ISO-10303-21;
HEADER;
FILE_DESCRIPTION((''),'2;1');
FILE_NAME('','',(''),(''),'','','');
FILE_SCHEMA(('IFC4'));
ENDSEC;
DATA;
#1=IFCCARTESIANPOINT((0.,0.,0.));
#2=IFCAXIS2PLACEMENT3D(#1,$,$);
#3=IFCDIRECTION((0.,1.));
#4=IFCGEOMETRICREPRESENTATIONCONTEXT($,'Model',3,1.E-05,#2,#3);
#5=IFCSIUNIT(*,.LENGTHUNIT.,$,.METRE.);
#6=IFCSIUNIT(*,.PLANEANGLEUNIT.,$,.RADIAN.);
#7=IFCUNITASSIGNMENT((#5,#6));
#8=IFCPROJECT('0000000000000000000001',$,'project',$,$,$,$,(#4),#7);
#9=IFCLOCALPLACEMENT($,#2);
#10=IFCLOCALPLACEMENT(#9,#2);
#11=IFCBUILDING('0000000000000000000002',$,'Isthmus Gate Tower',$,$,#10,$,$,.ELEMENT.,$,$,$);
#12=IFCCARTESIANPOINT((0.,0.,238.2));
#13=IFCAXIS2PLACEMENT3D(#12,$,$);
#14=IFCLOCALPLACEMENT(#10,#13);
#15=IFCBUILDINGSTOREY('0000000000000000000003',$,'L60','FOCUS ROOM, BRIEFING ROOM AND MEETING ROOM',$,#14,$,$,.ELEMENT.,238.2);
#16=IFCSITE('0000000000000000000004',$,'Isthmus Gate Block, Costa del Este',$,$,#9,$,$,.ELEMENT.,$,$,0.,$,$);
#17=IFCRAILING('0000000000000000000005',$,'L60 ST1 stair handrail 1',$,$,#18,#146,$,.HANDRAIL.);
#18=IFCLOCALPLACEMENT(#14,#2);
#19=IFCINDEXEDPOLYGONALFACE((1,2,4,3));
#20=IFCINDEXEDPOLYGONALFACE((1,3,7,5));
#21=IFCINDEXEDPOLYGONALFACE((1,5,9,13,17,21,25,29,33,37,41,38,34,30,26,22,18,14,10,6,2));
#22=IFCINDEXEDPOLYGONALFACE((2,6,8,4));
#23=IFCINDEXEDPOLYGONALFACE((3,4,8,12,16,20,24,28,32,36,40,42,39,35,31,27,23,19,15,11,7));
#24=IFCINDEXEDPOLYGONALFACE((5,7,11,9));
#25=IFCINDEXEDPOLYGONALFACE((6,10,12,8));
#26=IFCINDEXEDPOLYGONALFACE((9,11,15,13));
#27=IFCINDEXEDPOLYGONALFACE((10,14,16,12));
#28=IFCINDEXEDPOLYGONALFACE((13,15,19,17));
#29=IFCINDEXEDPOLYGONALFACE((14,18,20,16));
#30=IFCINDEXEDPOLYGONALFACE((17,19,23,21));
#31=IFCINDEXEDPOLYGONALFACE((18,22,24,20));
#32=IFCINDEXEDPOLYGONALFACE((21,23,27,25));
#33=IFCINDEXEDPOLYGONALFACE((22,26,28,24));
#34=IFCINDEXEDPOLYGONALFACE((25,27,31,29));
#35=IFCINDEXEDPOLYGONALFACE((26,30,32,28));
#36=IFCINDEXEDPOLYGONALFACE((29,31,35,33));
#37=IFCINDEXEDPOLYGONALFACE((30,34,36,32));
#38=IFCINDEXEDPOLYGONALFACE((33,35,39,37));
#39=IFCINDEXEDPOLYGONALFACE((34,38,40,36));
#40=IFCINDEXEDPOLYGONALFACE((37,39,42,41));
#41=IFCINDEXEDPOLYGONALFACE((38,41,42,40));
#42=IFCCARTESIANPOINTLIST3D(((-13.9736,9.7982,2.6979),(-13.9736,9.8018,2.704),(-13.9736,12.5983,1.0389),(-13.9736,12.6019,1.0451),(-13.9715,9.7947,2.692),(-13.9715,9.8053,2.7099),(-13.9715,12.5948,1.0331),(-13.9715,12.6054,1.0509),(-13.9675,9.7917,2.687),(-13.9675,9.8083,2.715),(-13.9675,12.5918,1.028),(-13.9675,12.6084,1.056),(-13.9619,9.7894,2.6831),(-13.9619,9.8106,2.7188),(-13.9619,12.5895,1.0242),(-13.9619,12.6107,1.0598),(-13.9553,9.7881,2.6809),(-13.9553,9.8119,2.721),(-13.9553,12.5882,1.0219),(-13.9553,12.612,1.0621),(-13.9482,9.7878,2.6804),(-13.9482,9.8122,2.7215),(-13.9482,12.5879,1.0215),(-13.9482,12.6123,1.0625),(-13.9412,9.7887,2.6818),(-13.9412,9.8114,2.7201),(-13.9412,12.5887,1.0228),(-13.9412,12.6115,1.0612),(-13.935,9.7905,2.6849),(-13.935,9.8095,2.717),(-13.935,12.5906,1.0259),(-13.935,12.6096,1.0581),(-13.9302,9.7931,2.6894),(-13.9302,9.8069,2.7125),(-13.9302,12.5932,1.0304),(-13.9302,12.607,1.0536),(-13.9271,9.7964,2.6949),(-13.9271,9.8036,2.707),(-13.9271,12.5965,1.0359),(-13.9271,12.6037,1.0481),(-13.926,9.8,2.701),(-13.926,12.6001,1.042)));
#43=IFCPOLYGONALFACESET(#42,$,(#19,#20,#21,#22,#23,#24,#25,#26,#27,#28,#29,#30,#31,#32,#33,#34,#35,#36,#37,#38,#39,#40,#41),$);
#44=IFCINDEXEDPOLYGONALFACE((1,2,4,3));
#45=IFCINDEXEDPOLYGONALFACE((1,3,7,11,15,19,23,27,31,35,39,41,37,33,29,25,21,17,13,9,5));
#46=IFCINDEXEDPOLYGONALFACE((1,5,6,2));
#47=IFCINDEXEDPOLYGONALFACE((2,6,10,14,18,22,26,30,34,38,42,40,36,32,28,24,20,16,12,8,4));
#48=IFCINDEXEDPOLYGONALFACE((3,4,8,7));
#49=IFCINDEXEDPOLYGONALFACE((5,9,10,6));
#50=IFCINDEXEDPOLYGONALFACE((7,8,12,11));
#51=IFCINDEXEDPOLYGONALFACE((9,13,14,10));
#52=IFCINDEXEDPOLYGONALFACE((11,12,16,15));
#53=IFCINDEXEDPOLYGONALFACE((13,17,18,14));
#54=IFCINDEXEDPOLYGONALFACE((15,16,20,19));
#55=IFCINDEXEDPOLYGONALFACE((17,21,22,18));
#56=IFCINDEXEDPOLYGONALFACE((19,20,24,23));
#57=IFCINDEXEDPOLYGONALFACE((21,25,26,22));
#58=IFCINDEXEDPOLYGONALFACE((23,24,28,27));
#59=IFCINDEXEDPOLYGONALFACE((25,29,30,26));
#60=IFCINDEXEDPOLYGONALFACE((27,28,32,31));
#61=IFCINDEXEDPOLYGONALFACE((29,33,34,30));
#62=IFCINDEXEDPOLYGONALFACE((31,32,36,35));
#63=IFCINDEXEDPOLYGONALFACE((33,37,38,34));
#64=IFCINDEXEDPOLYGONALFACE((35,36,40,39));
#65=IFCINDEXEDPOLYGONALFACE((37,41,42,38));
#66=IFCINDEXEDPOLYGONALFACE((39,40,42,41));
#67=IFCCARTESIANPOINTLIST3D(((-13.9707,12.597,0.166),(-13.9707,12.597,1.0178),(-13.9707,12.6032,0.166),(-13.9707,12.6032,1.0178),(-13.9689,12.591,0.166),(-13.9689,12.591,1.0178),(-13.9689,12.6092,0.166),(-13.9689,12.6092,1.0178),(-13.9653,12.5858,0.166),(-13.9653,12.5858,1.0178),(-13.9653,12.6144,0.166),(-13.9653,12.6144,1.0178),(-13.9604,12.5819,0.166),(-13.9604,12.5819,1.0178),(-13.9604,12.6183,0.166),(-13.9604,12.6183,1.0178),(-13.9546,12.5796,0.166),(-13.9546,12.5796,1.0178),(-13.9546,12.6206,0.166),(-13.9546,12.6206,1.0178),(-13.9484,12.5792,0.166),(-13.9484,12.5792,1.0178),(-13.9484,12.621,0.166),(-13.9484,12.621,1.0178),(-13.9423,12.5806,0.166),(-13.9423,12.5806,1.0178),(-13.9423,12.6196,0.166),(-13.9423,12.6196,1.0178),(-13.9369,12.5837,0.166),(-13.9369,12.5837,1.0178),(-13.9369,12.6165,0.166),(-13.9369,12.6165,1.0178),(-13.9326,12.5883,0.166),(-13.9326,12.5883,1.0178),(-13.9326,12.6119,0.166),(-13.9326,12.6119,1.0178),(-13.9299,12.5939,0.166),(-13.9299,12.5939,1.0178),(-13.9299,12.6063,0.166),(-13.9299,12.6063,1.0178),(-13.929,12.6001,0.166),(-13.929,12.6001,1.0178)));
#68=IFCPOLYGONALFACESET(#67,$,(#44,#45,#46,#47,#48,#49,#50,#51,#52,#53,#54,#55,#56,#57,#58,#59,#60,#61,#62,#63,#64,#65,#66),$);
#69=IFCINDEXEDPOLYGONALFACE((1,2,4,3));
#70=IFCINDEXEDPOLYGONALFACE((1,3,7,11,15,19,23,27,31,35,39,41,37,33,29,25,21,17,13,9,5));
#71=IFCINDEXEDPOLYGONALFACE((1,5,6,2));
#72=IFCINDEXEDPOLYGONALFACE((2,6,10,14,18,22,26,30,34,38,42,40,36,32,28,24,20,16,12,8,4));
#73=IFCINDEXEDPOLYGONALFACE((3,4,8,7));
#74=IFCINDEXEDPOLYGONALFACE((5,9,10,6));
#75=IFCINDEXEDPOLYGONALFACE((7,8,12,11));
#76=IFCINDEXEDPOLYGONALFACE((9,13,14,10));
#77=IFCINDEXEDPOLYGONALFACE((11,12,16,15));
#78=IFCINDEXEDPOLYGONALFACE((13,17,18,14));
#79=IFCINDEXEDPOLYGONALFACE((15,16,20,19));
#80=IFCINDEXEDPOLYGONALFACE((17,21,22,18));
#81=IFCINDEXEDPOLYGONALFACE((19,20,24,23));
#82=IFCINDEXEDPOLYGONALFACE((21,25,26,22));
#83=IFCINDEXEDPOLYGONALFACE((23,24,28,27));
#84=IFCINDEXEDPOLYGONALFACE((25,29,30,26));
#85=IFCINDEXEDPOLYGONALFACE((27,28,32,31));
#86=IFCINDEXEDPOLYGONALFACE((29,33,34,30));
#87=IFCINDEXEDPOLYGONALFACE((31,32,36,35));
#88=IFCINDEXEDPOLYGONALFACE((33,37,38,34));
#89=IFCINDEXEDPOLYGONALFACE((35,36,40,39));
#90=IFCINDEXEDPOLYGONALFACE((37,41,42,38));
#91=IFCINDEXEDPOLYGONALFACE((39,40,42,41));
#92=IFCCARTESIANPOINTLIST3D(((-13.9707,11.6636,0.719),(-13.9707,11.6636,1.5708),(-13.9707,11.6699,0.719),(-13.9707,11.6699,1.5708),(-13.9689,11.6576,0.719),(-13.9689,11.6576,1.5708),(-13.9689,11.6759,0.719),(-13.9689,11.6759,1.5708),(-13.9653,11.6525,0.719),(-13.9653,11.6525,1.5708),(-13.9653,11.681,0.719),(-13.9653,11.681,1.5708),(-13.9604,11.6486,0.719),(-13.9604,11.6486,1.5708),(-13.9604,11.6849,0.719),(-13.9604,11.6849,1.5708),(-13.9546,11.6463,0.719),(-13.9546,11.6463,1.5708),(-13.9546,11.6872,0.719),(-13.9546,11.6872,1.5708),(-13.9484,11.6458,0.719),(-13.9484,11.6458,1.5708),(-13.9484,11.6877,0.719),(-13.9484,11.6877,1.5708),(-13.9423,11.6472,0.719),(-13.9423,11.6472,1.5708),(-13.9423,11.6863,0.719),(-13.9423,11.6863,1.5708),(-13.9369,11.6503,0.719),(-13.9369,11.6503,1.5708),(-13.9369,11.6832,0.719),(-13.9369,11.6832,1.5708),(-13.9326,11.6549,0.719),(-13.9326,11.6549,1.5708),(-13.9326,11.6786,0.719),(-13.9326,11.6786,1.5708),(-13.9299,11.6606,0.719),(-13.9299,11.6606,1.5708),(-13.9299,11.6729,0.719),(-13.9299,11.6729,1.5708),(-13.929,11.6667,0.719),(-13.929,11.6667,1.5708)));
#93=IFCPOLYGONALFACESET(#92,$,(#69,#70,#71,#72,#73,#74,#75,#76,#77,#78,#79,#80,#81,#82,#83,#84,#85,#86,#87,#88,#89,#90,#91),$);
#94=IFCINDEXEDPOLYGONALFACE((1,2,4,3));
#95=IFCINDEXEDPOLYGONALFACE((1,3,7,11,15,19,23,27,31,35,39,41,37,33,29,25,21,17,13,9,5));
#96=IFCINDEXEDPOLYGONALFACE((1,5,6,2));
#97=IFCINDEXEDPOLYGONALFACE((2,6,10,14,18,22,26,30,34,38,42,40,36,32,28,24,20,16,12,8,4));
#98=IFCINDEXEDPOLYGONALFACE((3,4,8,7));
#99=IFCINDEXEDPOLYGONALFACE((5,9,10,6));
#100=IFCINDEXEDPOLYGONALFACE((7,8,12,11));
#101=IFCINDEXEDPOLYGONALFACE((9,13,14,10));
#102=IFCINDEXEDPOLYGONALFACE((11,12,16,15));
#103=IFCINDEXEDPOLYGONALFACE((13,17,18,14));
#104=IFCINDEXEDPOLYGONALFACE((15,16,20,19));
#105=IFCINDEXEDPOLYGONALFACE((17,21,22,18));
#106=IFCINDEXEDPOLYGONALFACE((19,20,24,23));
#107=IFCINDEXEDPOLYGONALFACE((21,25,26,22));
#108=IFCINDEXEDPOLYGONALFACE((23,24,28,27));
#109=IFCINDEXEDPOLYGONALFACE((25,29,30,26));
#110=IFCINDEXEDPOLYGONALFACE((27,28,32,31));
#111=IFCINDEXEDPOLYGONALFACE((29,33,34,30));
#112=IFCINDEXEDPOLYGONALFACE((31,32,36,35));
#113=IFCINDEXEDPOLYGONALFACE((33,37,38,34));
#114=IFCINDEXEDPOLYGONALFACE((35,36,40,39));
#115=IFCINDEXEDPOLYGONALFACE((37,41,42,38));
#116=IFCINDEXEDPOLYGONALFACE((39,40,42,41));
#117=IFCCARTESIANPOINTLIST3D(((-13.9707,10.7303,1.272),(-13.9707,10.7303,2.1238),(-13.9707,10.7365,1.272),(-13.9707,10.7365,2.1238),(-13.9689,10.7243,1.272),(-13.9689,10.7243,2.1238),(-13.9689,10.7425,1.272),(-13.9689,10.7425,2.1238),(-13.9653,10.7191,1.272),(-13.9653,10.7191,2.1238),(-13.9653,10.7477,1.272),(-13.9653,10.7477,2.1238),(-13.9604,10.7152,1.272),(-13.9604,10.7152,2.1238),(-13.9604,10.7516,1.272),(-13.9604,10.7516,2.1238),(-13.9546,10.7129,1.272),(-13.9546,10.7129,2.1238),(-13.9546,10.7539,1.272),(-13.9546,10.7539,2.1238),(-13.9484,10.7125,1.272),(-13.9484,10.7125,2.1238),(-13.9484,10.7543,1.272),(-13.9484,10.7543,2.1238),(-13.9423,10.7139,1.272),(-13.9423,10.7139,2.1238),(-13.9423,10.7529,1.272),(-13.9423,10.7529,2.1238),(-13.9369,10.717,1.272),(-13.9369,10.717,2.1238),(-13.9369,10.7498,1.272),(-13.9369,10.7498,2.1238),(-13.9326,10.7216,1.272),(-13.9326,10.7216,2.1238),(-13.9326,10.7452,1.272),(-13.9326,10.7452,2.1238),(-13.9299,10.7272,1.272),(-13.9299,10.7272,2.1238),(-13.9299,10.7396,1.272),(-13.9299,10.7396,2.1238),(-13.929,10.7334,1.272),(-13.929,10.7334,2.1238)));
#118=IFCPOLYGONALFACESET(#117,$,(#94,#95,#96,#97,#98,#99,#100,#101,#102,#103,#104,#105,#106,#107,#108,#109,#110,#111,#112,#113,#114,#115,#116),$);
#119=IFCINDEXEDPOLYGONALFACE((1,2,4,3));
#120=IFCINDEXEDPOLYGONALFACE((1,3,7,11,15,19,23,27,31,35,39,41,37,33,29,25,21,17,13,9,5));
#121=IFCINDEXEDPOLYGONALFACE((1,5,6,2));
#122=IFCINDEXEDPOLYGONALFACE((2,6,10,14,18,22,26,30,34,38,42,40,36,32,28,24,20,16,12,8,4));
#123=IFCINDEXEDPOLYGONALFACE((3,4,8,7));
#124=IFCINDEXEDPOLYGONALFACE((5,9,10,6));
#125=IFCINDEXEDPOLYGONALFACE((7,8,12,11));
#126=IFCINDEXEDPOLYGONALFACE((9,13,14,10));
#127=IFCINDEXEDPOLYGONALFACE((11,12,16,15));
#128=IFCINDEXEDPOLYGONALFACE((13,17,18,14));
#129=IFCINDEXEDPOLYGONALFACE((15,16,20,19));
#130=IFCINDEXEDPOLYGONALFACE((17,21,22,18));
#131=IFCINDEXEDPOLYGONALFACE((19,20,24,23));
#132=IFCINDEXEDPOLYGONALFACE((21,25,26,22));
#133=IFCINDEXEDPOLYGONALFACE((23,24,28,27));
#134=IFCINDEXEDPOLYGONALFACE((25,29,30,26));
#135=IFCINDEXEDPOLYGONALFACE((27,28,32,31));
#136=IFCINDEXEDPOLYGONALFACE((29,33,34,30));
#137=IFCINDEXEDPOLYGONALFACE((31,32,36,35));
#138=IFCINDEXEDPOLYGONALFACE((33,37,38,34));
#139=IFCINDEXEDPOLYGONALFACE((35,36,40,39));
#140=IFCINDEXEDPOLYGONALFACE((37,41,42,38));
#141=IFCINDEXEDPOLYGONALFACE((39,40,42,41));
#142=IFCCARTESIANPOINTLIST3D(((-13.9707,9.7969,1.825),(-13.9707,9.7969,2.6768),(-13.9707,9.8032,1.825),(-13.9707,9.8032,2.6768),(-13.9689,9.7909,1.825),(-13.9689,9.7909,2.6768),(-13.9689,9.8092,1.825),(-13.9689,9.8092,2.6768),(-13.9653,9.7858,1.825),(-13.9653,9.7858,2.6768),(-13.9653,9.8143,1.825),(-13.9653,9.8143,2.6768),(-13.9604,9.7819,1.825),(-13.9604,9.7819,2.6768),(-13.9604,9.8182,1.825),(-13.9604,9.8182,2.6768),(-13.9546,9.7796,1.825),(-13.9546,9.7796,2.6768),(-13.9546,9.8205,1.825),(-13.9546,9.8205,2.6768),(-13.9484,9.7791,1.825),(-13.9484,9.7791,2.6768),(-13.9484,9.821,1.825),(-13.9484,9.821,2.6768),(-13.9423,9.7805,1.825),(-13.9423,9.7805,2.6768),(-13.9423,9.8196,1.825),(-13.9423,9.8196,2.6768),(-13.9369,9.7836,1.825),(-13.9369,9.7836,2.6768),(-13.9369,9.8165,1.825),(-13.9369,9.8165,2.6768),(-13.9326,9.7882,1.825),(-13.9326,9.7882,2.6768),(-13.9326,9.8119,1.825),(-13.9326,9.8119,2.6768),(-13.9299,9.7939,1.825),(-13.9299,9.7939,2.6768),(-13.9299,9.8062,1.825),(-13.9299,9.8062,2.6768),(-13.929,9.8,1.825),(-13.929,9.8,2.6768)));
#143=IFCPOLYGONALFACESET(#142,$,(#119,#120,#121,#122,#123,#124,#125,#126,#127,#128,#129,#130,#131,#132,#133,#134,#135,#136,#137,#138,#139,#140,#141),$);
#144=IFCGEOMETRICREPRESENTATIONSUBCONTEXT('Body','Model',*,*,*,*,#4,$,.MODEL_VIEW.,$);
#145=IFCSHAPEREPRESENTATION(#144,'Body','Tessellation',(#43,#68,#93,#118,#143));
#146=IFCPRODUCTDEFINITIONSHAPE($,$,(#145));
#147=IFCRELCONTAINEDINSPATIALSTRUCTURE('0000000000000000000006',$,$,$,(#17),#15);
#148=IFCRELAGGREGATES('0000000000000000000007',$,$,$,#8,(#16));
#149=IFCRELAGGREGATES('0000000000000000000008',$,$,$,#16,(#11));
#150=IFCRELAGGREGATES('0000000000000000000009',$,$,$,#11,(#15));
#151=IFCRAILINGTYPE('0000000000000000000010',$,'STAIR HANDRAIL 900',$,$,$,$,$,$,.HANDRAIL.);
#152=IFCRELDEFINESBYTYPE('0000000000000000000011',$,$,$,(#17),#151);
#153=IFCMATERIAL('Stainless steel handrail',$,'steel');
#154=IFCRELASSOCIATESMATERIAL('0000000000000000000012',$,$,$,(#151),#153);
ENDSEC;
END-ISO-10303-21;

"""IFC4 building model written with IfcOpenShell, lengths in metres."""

from ifc_helpers import new_model, si_unit, direction, frame, origin, origin_2d, place, context, subcontext, project, spatial, circle, extrude, material, type_object, element, save


model = new_model("IFC4")

# Units and contexts
model_context = context("Model", 3, precision=1e-05, world=origin(), true_north=direction((0.0, 1.0)))
body_context = subcontext(model_context, "Body", "Model", "MODEL_VIEW")
ifc_project = project(units=[si_unit("LENGTHUNIT", "METRE"), si_unit("PLANEANGLEUNIT", "RADIAN")], contexts=[model_context])

# Site, building, storey
site_placement = place(None, origin())
site = spatial("IfcSite", under=ifc_project, at=site_placement, Name="Isthmus Gate Block, Costa del Este", CompositionType="ELEMENT", RefElevation=0.0)
building_placement = place(site_placement, origin())
building = spatial("IfcBuilding", under=site, at=building_placement, Name="Isthmus Gate Tower", CompositionType="ELEMENT")
storey_placement = place(building_placement, frame((0.0, 0.0, 238.2)))
storey = spatial("IfcBuildingStorey", under=building, at=storey_placement, Name="L60", Description="FOCUS ROOM, BRIEFING ROOM AND MEETING ROOM", CompositionType="ELEMENT", Elevation=238.2)

# Railing
ifc_material_1 = material(Name="Stainless steel handrail", Category="steel")
railing_type = type_object("IfcRailingType", Name="STAIR HANDRAIL 900", PredefinedType="HANDRAIL", material=ifc_material_1)
railing_1_placement = place(storey_placement, frame((-13.95, 12.6001, 0.166)))
element("IfcRailing", 1, at=railing_1_placement, inside=storey, type_object=railing_type, Name="L60 ST1 stair handrail 1", PredefinedType="HANDRAIL", context=body_context, shape_type="SweptSolid", body=[
    extrude(circle(Radius=0.0239, at=origin_2d()), frame((0.0, 0.0, 0.876), z_axis=(0.0, -0.860339, 0.509722), x_axis=(1.0, 0.0, 0.0)), (0.0, 0.0, 1.0), 3.2546),
    extrude(circle(Radius=0.021, at=origin_2d()), origin(), (0.0, 0.0, 1.0), 0.8518),
    extrude(circle(Radius=0.021, at=origin_2d()), frame((0.0, -0.9333, 0.553)), (0.0, 0.0, 1.0), 0.8518),
    extrude(circle(Radius=0.021, at=origin_2d()), frame((0.0, -1.8667, 1.106)), (0.0, 0.0, 1.0), 0.8518),
    extrude(circle(Radius=0.021, at=origin_2d()), frame((0.0, -2.8, 1.6589)), (0.0, 0.0, 1.0), 0.8518),
])

save(model, "model.ifc")
